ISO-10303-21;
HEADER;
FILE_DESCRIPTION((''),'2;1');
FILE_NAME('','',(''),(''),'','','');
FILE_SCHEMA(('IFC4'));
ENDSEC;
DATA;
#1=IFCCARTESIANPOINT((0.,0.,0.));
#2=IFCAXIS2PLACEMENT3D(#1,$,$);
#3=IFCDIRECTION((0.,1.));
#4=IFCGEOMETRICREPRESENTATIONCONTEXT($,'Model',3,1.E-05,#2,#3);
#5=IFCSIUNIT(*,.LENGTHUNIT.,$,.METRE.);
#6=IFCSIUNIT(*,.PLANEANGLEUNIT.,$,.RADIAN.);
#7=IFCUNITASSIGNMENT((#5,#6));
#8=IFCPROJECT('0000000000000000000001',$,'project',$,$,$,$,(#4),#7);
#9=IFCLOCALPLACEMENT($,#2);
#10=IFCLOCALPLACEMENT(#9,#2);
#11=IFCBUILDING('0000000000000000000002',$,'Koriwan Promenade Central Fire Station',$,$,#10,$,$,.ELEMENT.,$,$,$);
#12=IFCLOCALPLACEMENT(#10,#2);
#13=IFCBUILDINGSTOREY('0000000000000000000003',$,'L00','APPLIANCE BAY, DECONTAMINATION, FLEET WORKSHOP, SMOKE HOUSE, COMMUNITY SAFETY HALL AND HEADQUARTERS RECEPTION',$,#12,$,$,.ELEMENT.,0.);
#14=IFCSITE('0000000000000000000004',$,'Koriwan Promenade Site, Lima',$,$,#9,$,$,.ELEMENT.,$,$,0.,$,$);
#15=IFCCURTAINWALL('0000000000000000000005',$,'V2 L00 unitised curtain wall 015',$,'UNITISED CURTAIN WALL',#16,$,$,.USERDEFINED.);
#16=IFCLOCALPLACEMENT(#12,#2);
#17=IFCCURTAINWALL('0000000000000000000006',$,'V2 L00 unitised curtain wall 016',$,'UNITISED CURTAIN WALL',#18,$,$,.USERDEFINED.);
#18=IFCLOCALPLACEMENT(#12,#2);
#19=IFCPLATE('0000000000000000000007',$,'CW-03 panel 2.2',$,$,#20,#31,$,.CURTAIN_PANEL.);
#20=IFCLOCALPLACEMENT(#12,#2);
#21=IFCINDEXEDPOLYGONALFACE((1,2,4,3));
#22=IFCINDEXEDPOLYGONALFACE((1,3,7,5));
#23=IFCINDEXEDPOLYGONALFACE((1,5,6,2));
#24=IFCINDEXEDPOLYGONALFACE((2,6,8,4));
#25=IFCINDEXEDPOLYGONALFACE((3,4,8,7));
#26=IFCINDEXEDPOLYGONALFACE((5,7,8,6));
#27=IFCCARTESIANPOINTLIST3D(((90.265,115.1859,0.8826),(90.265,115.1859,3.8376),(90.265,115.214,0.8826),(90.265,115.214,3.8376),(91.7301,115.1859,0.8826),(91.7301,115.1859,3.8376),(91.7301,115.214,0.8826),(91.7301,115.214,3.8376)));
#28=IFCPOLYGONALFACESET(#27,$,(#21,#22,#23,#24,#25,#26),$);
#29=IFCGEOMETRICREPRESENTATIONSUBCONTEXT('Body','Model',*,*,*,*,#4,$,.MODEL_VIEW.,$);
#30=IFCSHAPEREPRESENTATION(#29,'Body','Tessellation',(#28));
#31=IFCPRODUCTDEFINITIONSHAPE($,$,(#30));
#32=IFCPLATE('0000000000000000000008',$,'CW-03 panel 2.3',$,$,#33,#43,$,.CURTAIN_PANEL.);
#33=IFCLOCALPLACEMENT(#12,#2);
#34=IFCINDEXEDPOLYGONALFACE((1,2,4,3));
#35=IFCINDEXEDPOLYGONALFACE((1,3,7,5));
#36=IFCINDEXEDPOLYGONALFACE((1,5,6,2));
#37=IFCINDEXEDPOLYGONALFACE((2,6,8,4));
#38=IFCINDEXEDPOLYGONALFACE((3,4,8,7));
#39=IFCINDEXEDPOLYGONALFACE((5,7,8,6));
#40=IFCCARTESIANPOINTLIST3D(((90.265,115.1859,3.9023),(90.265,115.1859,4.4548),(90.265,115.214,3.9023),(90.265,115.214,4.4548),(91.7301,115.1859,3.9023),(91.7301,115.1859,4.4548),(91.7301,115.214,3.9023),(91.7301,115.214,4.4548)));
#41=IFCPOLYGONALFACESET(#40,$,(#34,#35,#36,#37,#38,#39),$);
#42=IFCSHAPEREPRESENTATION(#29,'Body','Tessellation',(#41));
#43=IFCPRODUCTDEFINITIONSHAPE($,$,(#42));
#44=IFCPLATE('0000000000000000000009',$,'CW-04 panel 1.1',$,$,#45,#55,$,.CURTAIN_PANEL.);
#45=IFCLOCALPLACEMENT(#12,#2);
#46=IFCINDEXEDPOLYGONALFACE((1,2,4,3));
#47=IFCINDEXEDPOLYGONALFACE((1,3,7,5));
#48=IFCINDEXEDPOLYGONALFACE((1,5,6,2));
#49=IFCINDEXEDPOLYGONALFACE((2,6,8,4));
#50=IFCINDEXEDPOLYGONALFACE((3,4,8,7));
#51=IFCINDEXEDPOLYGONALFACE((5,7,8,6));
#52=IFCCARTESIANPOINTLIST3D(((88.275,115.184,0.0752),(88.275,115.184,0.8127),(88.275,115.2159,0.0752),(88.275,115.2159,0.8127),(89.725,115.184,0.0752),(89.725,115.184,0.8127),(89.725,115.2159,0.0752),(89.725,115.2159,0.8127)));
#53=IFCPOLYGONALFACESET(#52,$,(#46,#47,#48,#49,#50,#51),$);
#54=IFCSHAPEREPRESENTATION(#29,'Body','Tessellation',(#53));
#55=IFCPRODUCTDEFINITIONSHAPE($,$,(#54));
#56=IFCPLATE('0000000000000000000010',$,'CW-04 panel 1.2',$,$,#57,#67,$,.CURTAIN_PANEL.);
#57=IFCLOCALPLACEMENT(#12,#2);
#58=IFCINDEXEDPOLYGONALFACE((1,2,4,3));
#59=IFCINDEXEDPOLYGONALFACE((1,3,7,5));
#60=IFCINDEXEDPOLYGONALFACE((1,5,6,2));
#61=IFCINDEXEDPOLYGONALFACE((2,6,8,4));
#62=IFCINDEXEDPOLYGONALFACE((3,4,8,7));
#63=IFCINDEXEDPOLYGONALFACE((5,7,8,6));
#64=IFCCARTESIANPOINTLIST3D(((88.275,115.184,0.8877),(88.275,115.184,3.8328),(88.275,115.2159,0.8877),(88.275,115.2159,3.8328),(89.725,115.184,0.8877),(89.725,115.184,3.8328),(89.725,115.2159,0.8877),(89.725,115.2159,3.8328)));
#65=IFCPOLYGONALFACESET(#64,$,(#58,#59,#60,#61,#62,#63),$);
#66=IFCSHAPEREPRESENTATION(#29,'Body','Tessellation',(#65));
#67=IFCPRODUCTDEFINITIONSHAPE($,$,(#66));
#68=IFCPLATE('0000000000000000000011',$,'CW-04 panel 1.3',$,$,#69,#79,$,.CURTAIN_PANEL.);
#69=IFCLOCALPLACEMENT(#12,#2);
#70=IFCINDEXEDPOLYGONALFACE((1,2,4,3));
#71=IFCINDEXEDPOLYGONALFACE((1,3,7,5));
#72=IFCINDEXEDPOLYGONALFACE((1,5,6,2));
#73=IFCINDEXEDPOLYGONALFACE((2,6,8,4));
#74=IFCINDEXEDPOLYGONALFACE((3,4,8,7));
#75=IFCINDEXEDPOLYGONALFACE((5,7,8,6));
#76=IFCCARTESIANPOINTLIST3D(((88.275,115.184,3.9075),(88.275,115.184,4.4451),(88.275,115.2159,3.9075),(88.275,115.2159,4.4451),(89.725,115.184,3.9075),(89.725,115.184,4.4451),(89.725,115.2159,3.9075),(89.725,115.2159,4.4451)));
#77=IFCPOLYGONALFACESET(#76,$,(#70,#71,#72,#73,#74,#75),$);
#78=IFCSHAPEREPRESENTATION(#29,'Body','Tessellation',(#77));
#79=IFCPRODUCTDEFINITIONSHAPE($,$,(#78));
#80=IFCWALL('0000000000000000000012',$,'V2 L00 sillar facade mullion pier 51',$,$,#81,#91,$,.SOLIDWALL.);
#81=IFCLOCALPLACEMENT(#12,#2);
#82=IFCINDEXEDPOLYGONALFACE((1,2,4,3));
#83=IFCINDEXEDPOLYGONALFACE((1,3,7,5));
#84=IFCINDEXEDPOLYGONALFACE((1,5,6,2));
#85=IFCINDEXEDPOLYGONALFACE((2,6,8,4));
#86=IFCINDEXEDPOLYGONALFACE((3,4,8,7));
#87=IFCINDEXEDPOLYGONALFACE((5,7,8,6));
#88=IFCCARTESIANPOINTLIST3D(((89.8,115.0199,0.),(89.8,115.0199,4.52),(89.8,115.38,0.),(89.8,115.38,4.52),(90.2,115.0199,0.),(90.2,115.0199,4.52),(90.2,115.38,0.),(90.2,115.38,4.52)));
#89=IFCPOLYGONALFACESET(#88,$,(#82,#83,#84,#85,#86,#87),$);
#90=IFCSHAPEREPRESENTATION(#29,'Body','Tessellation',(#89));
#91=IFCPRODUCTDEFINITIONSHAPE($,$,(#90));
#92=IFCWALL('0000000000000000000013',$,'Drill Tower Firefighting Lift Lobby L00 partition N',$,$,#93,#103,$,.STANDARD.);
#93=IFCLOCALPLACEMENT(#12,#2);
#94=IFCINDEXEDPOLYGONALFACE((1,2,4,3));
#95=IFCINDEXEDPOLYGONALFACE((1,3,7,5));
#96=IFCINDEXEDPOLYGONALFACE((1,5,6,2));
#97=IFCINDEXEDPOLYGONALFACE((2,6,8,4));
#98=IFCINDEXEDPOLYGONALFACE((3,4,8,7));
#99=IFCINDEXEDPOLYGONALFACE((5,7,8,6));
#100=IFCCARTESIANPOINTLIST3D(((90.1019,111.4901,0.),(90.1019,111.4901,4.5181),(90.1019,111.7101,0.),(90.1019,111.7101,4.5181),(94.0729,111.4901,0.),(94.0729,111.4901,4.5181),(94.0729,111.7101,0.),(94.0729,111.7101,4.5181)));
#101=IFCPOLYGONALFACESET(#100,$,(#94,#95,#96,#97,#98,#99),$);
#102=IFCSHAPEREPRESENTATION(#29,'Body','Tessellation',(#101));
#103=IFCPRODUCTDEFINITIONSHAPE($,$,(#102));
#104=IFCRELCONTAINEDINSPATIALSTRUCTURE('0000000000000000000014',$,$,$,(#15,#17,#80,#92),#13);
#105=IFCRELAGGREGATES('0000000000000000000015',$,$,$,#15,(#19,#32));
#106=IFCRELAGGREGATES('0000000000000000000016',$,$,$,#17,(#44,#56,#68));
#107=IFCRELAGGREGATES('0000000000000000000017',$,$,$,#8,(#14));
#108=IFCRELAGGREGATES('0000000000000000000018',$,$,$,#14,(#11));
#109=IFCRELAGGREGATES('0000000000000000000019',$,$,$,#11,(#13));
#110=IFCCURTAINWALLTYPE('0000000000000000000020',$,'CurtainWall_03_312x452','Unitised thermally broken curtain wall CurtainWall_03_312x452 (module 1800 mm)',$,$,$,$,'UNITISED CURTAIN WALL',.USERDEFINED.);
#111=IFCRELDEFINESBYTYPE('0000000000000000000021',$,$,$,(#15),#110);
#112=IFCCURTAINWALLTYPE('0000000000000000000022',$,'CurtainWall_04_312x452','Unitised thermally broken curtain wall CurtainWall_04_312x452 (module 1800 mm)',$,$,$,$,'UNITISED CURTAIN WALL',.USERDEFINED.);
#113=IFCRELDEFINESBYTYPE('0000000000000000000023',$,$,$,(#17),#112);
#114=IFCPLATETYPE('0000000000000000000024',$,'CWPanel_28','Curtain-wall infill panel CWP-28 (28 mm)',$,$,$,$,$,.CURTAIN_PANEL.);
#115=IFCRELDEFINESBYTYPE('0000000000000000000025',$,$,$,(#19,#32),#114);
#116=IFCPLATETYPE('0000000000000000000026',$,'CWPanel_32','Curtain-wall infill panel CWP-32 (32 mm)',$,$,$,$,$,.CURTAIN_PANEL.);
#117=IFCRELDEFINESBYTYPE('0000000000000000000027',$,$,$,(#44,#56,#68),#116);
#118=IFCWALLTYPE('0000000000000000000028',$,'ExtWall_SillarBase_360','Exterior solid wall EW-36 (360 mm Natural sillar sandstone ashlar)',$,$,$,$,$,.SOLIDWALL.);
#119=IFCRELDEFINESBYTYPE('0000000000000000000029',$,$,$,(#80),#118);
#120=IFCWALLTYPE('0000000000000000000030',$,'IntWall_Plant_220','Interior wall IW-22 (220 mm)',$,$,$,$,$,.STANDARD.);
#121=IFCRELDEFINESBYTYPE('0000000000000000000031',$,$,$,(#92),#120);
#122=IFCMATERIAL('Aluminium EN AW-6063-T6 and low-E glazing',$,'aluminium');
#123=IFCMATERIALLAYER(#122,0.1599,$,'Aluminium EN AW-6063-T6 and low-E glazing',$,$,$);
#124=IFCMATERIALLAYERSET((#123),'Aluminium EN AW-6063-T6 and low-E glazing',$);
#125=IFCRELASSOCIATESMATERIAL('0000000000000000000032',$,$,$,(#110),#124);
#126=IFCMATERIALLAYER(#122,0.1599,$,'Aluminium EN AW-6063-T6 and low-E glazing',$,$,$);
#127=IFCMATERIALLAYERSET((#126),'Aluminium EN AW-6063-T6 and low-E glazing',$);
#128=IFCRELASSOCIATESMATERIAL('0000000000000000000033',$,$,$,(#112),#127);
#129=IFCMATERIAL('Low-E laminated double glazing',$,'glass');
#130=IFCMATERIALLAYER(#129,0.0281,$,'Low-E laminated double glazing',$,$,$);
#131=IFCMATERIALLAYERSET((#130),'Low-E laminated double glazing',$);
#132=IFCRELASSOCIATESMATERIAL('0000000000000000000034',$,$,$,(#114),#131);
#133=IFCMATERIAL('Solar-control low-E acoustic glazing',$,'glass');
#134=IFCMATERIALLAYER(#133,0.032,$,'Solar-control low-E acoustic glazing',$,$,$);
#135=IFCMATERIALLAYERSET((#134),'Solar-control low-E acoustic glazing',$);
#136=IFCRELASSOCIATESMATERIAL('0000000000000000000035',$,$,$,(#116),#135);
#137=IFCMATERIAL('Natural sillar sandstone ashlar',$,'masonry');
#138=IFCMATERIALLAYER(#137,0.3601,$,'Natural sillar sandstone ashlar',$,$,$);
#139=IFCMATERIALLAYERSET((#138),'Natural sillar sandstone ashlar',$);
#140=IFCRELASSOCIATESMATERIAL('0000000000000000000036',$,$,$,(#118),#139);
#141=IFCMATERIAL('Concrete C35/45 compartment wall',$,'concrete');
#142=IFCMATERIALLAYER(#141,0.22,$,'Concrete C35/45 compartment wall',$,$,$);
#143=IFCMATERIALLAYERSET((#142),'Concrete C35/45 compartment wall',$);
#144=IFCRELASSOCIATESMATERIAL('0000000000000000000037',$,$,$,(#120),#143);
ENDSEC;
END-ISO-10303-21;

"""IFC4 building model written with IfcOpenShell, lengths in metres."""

from ifc_helpers import new_model, si_unit, direction, frame, frame_2d, origin, origin_2d, place, context, subcontext, project, spatial, rectangle, extrude, material, layer, layer_set, type_object, element, aggregate, save


model = new_model("IFC4")

# Units and contexts
model_context = context("Model", 3, precision=1e-05, world=origin(), true_north=direction((0.0, 1.0)))
body_context = subcontext(model_context, "Body", "Model", "MODEL_VIEW")
ifc_project = project(units=[si_unit("LENGTHUNIT", "METRE"), si_unit("PLANEANGLEUNIT", "RADIAN")], contexts=[model_context])

# Site, building, storey
site_placement = place(None, origin())
site = spatial("IfcSite", under=ifc_project, at=site_placement, Name="Koriwan Promenade Site, Lima", CompositionType="ELEMENT", RefElevation=0.0)
building_placement = place(site_placement, origin())
building = spatial("IfcBuilding", under=site, at=building_placement, Name="Koriwan Promenade Central Fire Station", CompositionType="ELEMENT")
storey_placement = place(building_placement, origin())
storey = spatial("IfcBuildingStorey", under=building, at=storey_placement, Name="L00", Description="APPLIANCE BAY, DECONTAMINATION, FLEET WORKSHOP, SMOKE HOUSE, COMMUNITY SAFETY HALL AND HEADQUARTERS RECEPTION", CompositionType="ELEMENT", Elevation=0.0)

# Curtain walls
ifc_material_1 = material(Name="Aluminium EN AW-6063-T6 and low-E glazing", Category="aluminium")
ifc_layer_1 = layer(ifc_material_1, 0.1599, Name="Aluminium EN AW-6063-T6 and low-E glazing")
ifc_layer_set_1 = layer_set([ifc_layer_1], Name="Aluminium EN AW-6063-T6 and low-E glazing")
curtain_wall_type_1 = type_object("IfcCurtainWallType", Name="CurtainWall_03_312x452", Description="Unitised thermally broken curtain wall CurtainWall_03_312x452 (module 1800 mm)", ElementType="UNITISED CURTAIN WALL", PredefinedType="USERDEFINED", material=ifc_layer_set_1)
curtain_wall_1_placement = place(storey_placement, origin())
curtain_wall_1 = element("IfcCurtainWall", 1, at=curtain_wall_1_placement, inside=storey, type_object=curtain_wall_type_1, Name="V2 L00 unitised curtain wall 015", ObjectType="UNITISED CURTAIN WALL", PredefinedType="USERDEFINED")
ifc_layer_2 = layer(ifc_material_1, 0.1599, Name="Aluminium EN AW-6063-T6 and low-E glazing")
ifc_layer_set_2 = layer_set([ifc_layer_2], Name="Aluminium EN AW-6063-T6 and low-E glazing")
curtain_wall_type_2 = type_object("IfcCurtainWallType", Name="CurtainWall_04_312x452", Description="Unitised thermally broken curtain wall CurtainWall_04_312x452 (module 1800 mm)", ElementType="UNITISED CURTAIN WALL", PredefinedType="USERDEFINED", material=ifc_layer_set_2)
curtain_wall_2_placement = place(storey_placement, origin())
curtain_wall_2 = element("IfcCurtainWall", 2, at=curtain_wall_2_placement, inside=storey, type_object=curtain_wall_type_2, Name="V2 L00 unitised curtain wall 016", ObjectType="UNITISED CURTAIN WALL", PredefinedType="USERDEFINED")

# Plates
ifc_material_2 = material(Name="Low-E laminated double glazing", Category="glass")
ifc_layer_3 = layer(ifc_material_2, 0.0281, Name="Low-E laminated double glazing")
ifc_layer_set_3 = layer_set([ifc_layer_3], Name="Low-E laminated double glazing")
plate_type_1 = type_object("IfcPlateType", Name="CWPanel_28", Description="Curtain-wall infill panel CWP-28 (28 mm)", PredefinedType="CURTAIN_PANEL", material=ifc_layer_set_3)
plate_1_placement = place(storey_placement, frame((90.9976, 115.2, 0.8826), z_axis=(0.0, 0.0, 1.0), x_axis=(-1.0, 0.0, 0.0)))
plate_1 = element("IfcPlate", 3, at=plate_1_placement, type_object=plate_type_1, Name="CW-03 panel 2.2", PredefinedType="CURTAIN_PANEL", context=body_context, shape_type="SweptSolid", body=[
    extrude(rectangle(XDim=1.4651, YDim=0.0281, at=origin_2d()), origin(), (0.0, 0.0, 1.0), 2.9551),
])
plate_2_placement = place(storey_placement, frame((90.9976, 115.2, 3.9023), z_axis=(0.0, 0.0, 1.0), x_axis=(-1.0, 0.0, 0.0)))
plate_2 = element("IfcPlate", 4, at=plate_2_placement, type_object=plate_type_1, Name="CW-03 panel 2.3", PredefinedType="CURTAIN_PANEL", context=body_context, shape_type="SweptSolid", body=[
    extrude(rectangle(XDim=1.4651, YDim=0.0281, at=origin_2d()), origin(), (0.0, 0.0, 1.0), 0.5525),
])
aggregate(curtain_wall_1, [plate_1, plate_2])
ifc_material_3 = material(Name="Solar-control low-E acoustic glazing", Category="glass")
ifc_layer_4 = layer(ifc_material_3, 0.032, Name="Solar-control low-E acoustic glazing")
ifc_layer_set_4 = layer_set([ifc_layer_4], Name="Solar-control low-E acoustic glazing")
plate_type_2 = type_object("IfcPlateType", Name="CWPanel_32", Description="Curtain-wall infill panel CWP-32 (32 mm)", PredefinedType="CURTAIN_PANEL", material=ifc_layer_set_4)
plate_3_placement = place(storey_placement, frame((89.0, 115.2, 0.0752), z_axis=(0.0, 0.0, 1.0), x_axis=(-1.0, 0.0, 0.0)))
plate_3 = element("IfcPlate", 5, at=plate_3_placement, type_object=plate_type_2, Name="CW-04 panel 1.1", PredefinedType="CURTAIN_PANEL", context=body_context, shape_type="SweptSolid", body=[
    extrude(rectangle(XDim=1.45, YDim=0.032, at=origin_2d()), origin(), (0.0, 0.0, 1.0), 0.7375),
])
plate_4_placement = place(storey_placement, frame((89.0, 115.2, 0.8877), z_axis=(0.0, 0.0, 1.0), x_axis=(-1.0, 0.0, 0.0)))
plate_4 = element("IfcPlate", 6, at=plate_4_placement, type_object=plate_type_2, Name="CW-04 panel 1.2", PredefinedType="CURTAIN_PANEL", context=body_context, shape_type="SweptSolid", body=[
    extrude(rectangle(XDim=1.45, YDim=0.032, at=origin_2d()), origin(), (0.0, 0.0, 1.0), 2.9451),
])
plate_5_placement = place(storey_placement, frame((89.0, 115.2, 3.9075), z_axis=(0.0, 0.0, 1.0), x_axis=(-1.0, 0.0, 0.0)))
plate_5 = element("IfcPlate", 7, at=plate_5_placement, type_object=plate_type_2, Name="CW-04 panel 1.3", PredefinedType="CURTAIN_PANEL", context=body_context, shape_type="SweptSolid", body=[
    extrude(rectangle(XDim=1.45, YDim=0.032, at=origin_2d()), origin(), (0.0, 0.0, 1.0), 0.5376),
])
aggregate(curtain_wall_2, [plate_3, plate_4, plate_5])

# Walls
ifc_material_4 = material(Name="Natural sillar sandstone ashlar", Category="masonry")
ifc_layer_5 = layer(ifc_material_4, 0.3601, Name="Natural sillar sandstone ashlar")
ifc_layer_set_5 = layer_set([ifc_layer_5], Name="Natural sillar sandstone ashlar")
wall_type_1 = type_object("IfcWallType", Name="ExtWall_SillarBase_360", Description="Exterior solid wall EW-36 (360 mm Natural sillar sandstone ashlar)", PredefinedType="SOLIDWALL", material=ifc_layer_set_5)
wall_1_placement = place(storey_placement, frame((90.2, 115.2, 0.0), z_axis=(0.0, 0.0, 1.0), x_axis=(-1.0, 0.0, 0.0)))
element("IfcWall", 8, at=wall_1_placement, inside=storey, type_object=wall_type_1, Name="V2 L00 sillar facade mullion pier 51", PredefinedType="SOLIDWALL", context=body_context, shape_type="SweptSolid", body=[
    extrude(rectangle(XDim=0.3999, YDim=0.3601, at=frame_2d((0.2, 0.0))), origin(), (0.0, 0.0, 1.0), 4.52),
])
ifc_material_5 = material(Name="Concrete C35/45 compartment wall", Category="concrete")
ifc_layer_6 = layer(ifc_material_5, 0.22, Name="Concrete C35/45 compartment wall")
ifc_layer_set_6 = layer_set([ifc_layer_6], Name="Concrete C35/45 compartment wall")
wall_type_2 = type_object("IfcWallType", Name="IntWall_Plant_220", Description="Interior wall IW-22 (220 mm)", PredefinedType="STANDARD", material=ifc_layer_set_6)
wall_2_placement = place(storey_placement, frame((90.1021, 111.6001, 0.0), z_axis=(0.0, 0.0, 1.0), x_axis=(1.0, 0.0, 0.0)))
element("IfcWall", 9, at=wall_2_placement, inside=storey, type_object=wall_type_2, Name="Drill Tower Firefighting Lift Lobby L00 partition N", PredefinedType="STANDARD", context=body_context, shape_type="SweptSolid", body=[
    extrude(rectangle(XDim=3.9709, YDim=0.22, at=frame_2d((1.9854, 0.0))), origin(), (0.0, 0.0, 1.0), 4.5181),
])

save(model, "model.ifc")
